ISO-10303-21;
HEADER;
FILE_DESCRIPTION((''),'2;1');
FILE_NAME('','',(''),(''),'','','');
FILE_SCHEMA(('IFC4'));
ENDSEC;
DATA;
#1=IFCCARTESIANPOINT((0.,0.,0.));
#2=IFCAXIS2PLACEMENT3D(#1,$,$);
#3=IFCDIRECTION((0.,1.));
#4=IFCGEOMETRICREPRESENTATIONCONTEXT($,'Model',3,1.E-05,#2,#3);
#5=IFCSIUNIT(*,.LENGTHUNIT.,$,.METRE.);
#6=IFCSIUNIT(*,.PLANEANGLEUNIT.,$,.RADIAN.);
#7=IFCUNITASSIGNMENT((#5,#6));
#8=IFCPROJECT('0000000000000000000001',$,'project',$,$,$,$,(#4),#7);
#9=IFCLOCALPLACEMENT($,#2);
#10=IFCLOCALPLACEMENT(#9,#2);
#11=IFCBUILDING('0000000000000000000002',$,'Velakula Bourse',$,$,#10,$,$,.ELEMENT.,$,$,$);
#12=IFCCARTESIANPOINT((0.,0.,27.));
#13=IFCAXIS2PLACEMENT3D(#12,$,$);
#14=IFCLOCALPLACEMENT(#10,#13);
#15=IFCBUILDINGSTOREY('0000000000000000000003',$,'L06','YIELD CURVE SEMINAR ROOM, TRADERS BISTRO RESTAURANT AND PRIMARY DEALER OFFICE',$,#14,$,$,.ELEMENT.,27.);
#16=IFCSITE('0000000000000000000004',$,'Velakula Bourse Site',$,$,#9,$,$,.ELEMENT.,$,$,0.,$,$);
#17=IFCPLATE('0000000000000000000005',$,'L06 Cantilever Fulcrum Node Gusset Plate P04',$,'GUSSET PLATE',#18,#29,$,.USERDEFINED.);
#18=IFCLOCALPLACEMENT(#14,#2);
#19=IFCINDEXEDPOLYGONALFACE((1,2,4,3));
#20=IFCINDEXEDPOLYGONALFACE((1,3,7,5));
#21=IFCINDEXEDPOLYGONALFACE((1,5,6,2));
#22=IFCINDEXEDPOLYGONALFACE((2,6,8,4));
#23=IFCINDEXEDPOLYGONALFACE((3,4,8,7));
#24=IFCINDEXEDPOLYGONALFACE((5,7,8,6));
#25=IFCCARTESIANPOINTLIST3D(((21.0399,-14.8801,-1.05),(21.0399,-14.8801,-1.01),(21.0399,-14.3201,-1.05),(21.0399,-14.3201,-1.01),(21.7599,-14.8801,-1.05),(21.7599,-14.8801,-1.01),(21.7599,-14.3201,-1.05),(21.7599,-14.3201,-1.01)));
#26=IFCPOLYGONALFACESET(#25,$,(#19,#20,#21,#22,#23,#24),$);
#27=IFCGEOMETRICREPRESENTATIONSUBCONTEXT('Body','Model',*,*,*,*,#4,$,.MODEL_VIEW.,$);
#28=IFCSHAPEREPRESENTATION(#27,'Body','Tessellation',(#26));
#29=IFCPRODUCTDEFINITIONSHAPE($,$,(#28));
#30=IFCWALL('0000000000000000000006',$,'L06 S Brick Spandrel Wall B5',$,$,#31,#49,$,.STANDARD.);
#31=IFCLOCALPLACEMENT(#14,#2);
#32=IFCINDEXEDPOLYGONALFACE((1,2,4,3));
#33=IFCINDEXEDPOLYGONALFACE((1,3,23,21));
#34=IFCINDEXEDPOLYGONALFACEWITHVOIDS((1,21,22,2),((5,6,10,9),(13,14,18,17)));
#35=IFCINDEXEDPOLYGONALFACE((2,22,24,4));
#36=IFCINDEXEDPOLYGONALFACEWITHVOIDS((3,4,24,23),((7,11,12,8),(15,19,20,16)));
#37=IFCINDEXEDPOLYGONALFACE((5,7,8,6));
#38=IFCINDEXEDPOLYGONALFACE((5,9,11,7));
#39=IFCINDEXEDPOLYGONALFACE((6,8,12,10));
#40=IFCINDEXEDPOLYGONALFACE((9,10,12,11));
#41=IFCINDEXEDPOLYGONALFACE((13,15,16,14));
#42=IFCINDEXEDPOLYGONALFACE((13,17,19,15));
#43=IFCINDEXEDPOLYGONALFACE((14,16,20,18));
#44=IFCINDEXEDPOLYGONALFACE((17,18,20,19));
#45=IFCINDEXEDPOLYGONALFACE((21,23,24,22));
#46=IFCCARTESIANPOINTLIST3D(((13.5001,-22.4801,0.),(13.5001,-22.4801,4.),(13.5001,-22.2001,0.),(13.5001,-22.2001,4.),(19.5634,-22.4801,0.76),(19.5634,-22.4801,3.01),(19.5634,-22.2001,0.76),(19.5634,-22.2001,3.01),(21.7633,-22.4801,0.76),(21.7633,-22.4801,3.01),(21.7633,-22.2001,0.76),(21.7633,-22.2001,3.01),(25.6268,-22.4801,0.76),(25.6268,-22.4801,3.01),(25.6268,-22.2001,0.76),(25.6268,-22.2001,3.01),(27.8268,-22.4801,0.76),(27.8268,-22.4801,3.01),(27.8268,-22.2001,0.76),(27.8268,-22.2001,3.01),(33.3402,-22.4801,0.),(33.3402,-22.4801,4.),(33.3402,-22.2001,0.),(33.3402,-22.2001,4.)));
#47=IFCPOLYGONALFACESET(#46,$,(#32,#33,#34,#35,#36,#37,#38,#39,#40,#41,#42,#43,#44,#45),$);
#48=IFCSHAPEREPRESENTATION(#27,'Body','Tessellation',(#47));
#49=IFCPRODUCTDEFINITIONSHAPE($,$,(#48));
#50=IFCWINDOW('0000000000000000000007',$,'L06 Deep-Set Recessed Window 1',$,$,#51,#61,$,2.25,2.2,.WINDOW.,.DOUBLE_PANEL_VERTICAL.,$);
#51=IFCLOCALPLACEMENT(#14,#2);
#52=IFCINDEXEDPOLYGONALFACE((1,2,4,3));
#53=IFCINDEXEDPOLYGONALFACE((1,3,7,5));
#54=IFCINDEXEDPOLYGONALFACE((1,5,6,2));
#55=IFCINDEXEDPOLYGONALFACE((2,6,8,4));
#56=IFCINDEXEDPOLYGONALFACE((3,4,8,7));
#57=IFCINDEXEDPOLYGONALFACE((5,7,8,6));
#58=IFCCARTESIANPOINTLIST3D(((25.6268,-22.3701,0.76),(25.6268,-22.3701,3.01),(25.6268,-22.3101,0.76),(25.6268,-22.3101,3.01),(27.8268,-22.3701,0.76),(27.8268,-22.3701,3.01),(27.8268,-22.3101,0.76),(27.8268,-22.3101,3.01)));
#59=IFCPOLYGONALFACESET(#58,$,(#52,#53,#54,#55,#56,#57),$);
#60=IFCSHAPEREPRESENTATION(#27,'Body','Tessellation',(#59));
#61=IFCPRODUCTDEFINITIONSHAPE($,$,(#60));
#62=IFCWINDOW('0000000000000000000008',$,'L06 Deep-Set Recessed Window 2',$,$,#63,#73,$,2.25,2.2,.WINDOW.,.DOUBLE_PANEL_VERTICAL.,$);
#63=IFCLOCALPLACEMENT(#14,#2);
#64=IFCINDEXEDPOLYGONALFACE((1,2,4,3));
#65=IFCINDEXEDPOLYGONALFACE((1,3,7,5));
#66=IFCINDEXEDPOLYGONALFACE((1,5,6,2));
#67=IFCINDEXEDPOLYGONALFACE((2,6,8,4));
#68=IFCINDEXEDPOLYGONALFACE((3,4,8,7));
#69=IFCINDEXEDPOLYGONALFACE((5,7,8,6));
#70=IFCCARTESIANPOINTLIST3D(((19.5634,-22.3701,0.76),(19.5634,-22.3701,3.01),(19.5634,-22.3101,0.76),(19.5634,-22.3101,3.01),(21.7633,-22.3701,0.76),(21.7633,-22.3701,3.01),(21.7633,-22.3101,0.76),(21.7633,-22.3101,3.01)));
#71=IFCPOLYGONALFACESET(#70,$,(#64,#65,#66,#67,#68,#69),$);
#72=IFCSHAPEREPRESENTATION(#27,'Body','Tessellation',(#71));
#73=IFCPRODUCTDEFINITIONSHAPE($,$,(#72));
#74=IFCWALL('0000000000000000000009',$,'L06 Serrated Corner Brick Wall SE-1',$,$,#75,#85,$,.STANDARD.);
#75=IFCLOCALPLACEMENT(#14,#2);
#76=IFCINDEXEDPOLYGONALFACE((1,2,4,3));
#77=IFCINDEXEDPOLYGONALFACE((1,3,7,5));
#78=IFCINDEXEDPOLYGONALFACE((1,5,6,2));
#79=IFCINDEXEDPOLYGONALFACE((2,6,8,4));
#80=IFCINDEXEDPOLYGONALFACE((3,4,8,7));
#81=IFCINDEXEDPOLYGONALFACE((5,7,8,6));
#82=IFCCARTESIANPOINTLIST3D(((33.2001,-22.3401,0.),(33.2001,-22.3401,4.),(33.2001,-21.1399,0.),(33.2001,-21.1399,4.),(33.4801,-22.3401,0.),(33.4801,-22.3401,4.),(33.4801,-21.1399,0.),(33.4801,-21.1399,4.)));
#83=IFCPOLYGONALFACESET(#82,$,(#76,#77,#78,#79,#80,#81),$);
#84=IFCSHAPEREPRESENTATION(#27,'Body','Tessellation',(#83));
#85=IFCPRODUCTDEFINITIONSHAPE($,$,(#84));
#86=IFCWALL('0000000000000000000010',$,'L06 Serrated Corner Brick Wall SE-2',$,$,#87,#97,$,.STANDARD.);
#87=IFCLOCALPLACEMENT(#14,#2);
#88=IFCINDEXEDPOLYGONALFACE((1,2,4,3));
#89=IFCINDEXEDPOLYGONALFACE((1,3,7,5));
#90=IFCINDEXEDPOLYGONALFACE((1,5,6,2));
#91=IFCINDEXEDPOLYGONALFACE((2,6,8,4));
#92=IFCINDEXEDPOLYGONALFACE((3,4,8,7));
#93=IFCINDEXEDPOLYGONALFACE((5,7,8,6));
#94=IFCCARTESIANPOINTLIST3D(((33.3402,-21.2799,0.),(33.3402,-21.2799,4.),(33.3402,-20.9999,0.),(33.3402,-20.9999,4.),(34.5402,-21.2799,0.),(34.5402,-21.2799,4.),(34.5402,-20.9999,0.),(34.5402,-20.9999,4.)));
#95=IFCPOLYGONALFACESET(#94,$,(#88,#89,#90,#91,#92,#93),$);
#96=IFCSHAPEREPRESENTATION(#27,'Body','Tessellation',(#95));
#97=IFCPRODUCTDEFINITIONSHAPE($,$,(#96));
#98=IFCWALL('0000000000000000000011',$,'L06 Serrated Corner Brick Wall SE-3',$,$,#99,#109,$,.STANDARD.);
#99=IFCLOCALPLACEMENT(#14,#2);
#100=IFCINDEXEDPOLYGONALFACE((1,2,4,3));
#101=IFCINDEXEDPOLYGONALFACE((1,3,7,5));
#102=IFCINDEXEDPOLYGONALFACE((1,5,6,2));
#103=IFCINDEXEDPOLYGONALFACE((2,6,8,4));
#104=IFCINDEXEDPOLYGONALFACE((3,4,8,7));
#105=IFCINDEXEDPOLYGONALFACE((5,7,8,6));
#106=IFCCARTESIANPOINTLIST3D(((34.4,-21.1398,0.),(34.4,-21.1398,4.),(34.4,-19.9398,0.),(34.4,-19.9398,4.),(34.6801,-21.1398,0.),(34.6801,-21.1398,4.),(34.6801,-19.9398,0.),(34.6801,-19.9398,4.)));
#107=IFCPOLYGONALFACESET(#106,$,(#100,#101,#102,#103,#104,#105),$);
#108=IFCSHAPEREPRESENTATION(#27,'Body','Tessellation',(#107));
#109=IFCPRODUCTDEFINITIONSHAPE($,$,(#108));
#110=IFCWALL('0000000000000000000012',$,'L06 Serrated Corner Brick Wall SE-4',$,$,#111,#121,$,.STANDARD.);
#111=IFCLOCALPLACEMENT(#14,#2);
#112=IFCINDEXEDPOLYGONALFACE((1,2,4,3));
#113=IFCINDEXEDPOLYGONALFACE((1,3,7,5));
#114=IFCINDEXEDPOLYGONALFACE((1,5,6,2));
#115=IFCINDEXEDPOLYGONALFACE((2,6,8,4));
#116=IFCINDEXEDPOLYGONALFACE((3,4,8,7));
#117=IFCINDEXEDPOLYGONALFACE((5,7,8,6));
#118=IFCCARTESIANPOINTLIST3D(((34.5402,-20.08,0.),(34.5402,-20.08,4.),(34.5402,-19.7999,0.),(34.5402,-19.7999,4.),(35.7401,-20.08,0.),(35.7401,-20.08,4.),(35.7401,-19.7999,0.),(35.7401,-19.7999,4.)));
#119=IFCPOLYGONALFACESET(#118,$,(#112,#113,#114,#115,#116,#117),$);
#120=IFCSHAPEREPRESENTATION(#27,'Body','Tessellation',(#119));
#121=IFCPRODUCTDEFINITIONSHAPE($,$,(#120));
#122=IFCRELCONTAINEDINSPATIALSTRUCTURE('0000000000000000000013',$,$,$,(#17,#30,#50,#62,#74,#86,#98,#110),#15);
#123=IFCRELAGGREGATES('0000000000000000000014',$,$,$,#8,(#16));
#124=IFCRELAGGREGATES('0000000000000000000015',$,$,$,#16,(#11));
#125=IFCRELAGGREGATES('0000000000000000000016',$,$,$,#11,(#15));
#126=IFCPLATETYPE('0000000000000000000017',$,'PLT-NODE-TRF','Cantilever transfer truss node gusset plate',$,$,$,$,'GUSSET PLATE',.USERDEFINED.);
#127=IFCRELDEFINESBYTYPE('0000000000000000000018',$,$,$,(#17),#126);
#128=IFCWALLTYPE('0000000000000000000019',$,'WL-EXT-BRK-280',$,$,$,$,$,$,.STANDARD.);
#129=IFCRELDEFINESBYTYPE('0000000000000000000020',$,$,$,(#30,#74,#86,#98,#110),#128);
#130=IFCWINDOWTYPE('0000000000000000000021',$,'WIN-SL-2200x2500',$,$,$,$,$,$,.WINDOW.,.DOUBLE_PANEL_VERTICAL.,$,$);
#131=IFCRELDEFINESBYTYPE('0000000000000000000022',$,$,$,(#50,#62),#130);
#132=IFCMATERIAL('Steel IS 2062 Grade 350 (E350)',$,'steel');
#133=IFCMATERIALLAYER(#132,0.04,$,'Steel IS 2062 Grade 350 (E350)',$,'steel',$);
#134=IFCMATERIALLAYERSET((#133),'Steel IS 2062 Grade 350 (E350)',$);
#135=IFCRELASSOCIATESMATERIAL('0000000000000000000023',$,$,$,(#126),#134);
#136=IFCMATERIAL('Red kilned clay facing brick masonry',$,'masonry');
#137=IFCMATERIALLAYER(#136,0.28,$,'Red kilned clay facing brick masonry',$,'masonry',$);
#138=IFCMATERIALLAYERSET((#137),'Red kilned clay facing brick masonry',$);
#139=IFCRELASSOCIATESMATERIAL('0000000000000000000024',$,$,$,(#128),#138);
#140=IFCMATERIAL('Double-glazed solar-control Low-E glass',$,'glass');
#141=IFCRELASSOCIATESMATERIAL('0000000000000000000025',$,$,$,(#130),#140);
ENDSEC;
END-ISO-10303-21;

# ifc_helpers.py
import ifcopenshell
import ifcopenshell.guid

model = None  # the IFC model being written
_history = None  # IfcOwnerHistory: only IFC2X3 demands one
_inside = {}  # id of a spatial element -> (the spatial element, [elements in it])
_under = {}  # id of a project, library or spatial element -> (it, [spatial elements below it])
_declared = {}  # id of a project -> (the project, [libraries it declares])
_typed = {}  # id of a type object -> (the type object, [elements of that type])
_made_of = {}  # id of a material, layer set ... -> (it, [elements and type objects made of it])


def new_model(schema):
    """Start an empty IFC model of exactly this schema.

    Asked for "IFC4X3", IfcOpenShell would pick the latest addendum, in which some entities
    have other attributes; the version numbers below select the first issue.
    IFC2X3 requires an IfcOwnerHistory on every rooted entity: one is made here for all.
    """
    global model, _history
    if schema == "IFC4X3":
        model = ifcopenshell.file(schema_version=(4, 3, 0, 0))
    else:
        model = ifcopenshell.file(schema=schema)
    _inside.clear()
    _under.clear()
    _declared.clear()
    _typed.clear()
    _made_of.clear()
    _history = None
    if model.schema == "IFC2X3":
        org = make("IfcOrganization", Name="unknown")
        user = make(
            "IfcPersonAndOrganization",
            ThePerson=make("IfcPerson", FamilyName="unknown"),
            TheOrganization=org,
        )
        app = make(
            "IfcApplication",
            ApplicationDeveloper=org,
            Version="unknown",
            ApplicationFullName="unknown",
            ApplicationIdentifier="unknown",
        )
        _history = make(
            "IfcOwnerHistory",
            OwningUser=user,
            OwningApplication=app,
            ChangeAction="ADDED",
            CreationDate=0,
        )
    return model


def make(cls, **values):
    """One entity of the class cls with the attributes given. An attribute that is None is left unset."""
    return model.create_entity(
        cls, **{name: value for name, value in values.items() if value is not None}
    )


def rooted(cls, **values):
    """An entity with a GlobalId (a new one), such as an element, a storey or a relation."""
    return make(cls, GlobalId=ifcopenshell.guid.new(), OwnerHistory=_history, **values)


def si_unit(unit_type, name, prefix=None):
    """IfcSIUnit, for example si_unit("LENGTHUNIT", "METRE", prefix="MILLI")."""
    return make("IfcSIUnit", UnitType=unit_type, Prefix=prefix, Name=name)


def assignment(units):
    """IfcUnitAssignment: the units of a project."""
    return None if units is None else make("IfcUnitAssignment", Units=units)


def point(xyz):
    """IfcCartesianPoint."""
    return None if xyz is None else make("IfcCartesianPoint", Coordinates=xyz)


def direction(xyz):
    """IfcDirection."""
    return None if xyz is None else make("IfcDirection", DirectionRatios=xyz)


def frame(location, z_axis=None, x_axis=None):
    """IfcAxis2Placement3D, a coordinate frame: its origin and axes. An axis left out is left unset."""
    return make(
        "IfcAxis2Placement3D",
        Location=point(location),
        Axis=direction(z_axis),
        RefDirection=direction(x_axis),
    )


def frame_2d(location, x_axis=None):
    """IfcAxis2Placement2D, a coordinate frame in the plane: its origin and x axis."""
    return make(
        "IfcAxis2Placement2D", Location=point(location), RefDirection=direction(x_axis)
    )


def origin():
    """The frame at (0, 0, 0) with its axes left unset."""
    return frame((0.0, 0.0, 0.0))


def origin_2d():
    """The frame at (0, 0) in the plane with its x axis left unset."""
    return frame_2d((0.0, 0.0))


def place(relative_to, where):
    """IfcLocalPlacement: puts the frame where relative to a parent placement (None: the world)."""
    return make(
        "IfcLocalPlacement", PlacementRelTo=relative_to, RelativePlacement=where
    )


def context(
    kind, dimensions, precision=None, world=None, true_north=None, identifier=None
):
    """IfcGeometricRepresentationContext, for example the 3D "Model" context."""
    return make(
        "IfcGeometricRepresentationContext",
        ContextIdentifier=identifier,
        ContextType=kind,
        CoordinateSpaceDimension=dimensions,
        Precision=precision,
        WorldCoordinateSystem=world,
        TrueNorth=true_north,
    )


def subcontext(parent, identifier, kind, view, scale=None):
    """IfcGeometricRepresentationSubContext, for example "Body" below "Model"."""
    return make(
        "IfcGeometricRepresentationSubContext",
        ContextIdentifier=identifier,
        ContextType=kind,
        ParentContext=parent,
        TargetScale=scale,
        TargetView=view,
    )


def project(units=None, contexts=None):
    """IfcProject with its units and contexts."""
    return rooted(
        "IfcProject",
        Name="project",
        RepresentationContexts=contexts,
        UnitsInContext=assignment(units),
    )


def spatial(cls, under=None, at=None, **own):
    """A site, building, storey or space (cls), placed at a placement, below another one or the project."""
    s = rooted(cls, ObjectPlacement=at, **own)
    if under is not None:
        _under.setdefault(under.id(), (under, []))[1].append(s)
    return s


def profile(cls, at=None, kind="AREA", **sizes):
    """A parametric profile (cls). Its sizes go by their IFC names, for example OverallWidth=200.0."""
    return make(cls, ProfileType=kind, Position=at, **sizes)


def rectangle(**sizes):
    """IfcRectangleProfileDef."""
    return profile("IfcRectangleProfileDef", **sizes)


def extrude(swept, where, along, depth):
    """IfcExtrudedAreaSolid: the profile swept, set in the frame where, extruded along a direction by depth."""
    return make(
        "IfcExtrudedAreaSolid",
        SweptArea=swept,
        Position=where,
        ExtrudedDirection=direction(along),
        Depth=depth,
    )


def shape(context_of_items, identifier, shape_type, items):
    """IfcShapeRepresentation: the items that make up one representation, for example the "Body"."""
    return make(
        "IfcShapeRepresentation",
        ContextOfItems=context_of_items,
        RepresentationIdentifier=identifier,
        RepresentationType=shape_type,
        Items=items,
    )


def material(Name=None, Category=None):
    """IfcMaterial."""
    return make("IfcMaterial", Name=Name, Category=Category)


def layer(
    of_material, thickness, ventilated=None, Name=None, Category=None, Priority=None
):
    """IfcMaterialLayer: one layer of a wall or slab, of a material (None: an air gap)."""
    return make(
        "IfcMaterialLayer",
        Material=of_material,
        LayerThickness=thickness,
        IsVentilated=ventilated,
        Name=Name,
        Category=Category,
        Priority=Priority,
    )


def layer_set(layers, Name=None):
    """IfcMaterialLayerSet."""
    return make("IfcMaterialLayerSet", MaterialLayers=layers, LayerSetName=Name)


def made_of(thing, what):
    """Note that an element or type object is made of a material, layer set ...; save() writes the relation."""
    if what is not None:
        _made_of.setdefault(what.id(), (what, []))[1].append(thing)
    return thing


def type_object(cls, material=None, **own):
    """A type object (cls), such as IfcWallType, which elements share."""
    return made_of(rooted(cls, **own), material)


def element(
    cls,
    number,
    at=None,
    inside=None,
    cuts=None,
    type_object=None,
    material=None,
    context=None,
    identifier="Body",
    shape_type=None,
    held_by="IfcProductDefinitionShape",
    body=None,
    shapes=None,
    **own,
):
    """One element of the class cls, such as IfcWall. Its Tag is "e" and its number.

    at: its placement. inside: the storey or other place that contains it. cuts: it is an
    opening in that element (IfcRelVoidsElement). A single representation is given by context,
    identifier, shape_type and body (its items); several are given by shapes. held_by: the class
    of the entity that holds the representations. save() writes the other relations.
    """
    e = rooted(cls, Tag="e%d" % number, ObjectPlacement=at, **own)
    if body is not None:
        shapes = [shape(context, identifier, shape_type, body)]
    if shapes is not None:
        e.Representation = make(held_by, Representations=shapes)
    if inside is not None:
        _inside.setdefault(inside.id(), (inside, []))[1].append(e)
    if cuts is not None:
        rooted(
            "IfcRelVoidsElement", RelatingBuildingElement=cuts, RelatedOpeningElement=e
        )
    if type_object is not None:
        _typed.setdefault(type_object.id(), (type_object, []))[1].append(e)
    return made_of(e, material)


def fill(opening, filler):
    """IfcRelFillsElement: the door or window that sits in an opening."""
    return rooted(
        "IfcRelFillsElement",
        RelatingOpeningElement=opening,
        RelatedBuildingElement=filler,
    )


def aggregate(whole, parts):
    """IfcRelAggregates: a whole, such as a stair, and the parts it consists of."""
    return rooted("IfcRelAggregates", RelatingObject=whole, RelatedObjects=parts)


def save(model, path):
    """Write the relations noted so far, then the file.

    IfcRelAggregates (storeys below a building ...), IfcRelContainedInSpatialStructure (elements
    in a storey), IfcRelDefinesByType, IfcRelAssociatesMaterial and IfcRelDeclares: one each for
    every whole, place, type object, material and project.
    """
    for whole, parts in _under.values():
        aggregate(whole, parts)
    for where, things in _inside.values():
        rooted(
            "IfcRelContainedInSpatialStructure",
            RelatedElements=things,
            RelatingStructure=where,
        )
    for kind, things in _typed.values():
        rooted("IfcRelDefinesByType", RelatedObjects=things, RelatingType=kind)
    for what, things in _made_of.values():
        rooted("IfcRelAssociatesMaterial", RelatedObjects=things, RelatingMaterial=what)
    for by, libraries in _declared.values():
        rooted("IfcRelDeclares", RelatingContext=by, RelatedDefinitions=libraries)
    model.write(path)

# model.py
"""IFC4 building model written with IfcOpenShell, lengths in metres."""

from ifc_helpers import new_model, si_unit, direction, frame, frame_2d, origin, origin_2d, place, context, subcontext, project, spatial, rectangle, extrude, material, layer, layer_set, type_object, element, fill, save


model = new_model("IFC4")

# Units and contexts
model_context = context("Model", 3, precision=1e-05, world=origin(), true_north=direction((0.0, 1.0)))
body_context = subcontext(model_context, "Body", "Model", "MODEL_VIEW")
ifc_project = project(units=[si_unit("LENGTHUNIT", "METRE"), si_unit("PLANEANGLEUNIT", "RADIAN")], contexts=[model_context])

# Site, building, storey
site_placement = place(None, origin())
site = spatial("IfcSite", under=ifc_project, at=site_placement, Name="Velakula Bourse Site", CompositionType="ELEMENT", RefElevation=0.0)
building_placement = place(site_placement, origin())
building = spatial("IfcBuilding", under=site, at=building_placement, Name="Velakula Bourse", CompositionType="ELEMENT")
storey_placement = place(building_placement, frame((0.0, 0.0, 27.0)))
storey = spatial("IfcBuildingStorey", under=building, at=storey_placement, Name="L06", Description="YIELD CURVE SEMINAR ROOM, TRADERS BISTRO RESTAURANT AND PRIMARY DEALER OFFICE", CompositionType="ELEMENT", Elevation=27.0)

# Shared definitions
ifc_material_1 = material(Name="Steel IS 2062 Grade 350 (E350)", Category="steel")

# Plate
ifc_layer_1 = layer(ifc_material_1, 0.04, Name="Steel IS 2062 Grade 350 (E350)", Category="steel")
ifc_layer_set_1 = layer_set([ifc_layer_1], Name="Steel IS 2062 Grade 350 (E350)")
plate_type = type_object("IfcPlateType", Name="PLT-NODE-TRF", Description="Cantilever transfer truss node gusset plate", ElementType="GUSSET PLATE", PredefinedType="USERDEFINED", material=ifc_layer_set_1)
for number, where, z_axis, x_axis, name in (
    (1, (21.3999, -14.6001, -1.05), (0.0, 0.0, 1.0), (0.0, 1.0, 0.0), "L06 Cantilever Fulcrum Node Gusset Plate P04"),
):
    element("IfcPlate", number, at=place(storey_placement, frame(where, z_axis=z_axis, x_axis=x_axis)), inside=storey, type_object=plate_type, Name=name, ObjectType="GUSSET PLATE", PredefinedType="USERDEFINED", context=body_context, shape_type="SweptSolid", body=[
        extrude(rectangle(XDim=0.5601, YDim=0.72, at=origin_2d()), origin(), (0.0, 0.0, 1.0), 0.04),
    ])

# Wall, openings, windows
ifc_material_2 = material(Name="Red kilned clay facing brick masonry", Category="masonry")
ifc_layer_2 = layer(ifc_material_2, 0.28, Name="Red kilned clay facing brick masonry", Category="masonry")
ifc_layer_set_2 = layer_set([ifc_layer_2], Name="Red kilned clay facing brick masonry")
wall_type = type_object("IfcWallType", Name="WL-EXT-BRK-280", PredefinedType="STANDARD", material=ifc_layer_set_2)
wall_1_placement = place(storey_placement, frame((33.3401, -22.3401, 0.0), z_axis=(0.0, 0.0, 1.0), x_axis=(-1.0, 0.0, 0.0)))
wall_1 = element("IfcWall", 2, at=wall_1_placement, inside=storey, type_object=wall_type, Name="L06 S Brick Spandrel Wall B5", PredefinedType="STANDARD", context=body_context, shape_type="SweptSolid", body=[
    extrude(rectangle(XDim=19.8401, YDim=0.28, at=frame_2d((9.9199, 0.0))), origin(), (0.0, 0.0, 1.0), 4.0),
])
opening_1_placement = place(wall_1_placement, frame((5.5132, 0.0, 0.76)))
opening_1 = element("IfcOpeningElement", 3, at=opening_1_placement, cuts=wall_1, PredefinedType="OPENING", context=body_context, shape_type="SweptSolid", body=[
    extrude(rectangle(XDim=2.2, YDim=2.25, at=frame_2d((1.1001, 1.125))), frame((0.0, 0.1499, 0.0), z_axis=(0.0, -1.0, 0.0), x_axis=(1.0, 0.0, 0.0)), (0.0, 0.0, 1.0), 0.3),
])
opening_2_placement = place(wall_1_placement, frame((11.5767, 0.0, 0.76)))
opening_2 = element("IfcOpeningElement", 4, at=opening_2_placement, cuts=wall_1, PredefinedType="OPENING", context=body_context, shape_type="SweptSolid", body=[
    extrude(rectangle(XDim=2.2, YDim=2.25, at=frame_2d((1.1001, 1.125))), frame((0.0, 0.1499, 0.0), z_axis=(0.0, -1.0, 0.0), x_axis=(1.0, 0.0, 0.0)), (0.0, 0.0, 1.0), 0.3),
])
ifc_material_3 = material(Name="Double-glazed solar-control Low-E glass", Category="glass")
window_type = type_object("IfcWindowType", Name="WIN-SL-2200x2500", PartitioningType="DOUBLE_PANEL_VERTICAL", PredefinedType="WINDOW", material=ifc_material_3)
window_1_placement = place(opening_1_placement, origin())
window_1 = element("IfcWindow", 5, at=window_1_placement, inside=storey, type_object=window_type, Name="L06 Deep-Set Recessed Window 1", OverallHeight=2.25, OverallWidth=2.2, PartitioningType="DOUBLE_PANEL_VERTICAL", PredefinedType="WINDOW", context=body_context, shape_type="SweptSolid", body=[
    extrude(rectangle(XDim=2.2, YDim=2.25, at=frame_2d((1.1001, 1.125))), frame((0.0, 0.03, 0.0), z_axis=(0.0, -1.0, 0.0), x_axis=(1.0, 0.0, 0.0)), (0.0, 0.0, 1.0), 0.0601),
])
fill(opening_1, window_1)
window_2_placement = place(opening_2_placement, origin())
window_2 = element("IfcWindow", 6, at=window_2_placement, inside=storey, type_object=window_type, Name="L06 Deep-Set Recessed Window 2", OverallHeight=2.25, OverallWidth=2.2, PartitioningType="DOUBLE_PANEL_VERTICAL", PredefinedType="WINDOW", context=body_context, shape_type="SweptSolid", body=[
    extrude(rectangle(XDim=2.2, YDim=2.25, at=frame_2d((1.1001, 1.125))), frame((0.0, 0.03, 0.0), z_axis=(0.0, -1.0, 0.0), x_axis=(1.0, 0.0, 0.0)), (0.0, 0.0, 1.0), 0.0601),
])
fill(opening_2, window_2)

# Walls
wall_2_placement = place(storey_placement, frame((33.3401, -22.3401, 0.0), z_axis=(0.0, 0.0, 1.0), x_axis=(0.0, 1.0, 0.0)))
element("IfcWall", 7, at=wall_2_placement, inside=storey, type_object=wall_type, Name="L06 Serrated Corner Brick Wall SE-1", PredefinedType="STANDARD", context=body_context, shape_type="SweptSolid", body=[
    extrude(rectangle(XDim=1.2002, YDim=0.28, at=frame_2d((0.6001, 0.0))), origin(), (0.0, 0.0, 1.0), 4.0),
])
for number, where, z_axis, x_axis, name in (
    (8, (33.3401, -21.1399, 0.0), (0.0, 0.0, 1.0), (1.0, 0.0, 0.0), "L06 Serrated Corner Brick Wall SE-2"),
    (9, (34.54, -21.1399, 0.0), (0.0, 0.0, 1.0), (0.0, 1.0, 0.0), "L06 Serrated Corner Brick Wall SE-3"),
    (10, (34.54, -19.9399, 0.0), (0.0, 0.0, 1.0), (1.0, 0.0, 0.0), "L06 Serrated Corner Brick Wall SE-4"),
):
    element("IfcWall", number, at=place(storey_placement, frame(where, z_axis=z_axis, x_axis=x_axis)), inside=storey, type_object=wall_type, Name=name, PredefinedType="STANDARD", context=body_context, shape_type="SweptSolid", body=[
        extrude(rectangle(XDim=1.2, YDim=0.28, at=frame_2d((0.6001, 0.0))), origin(), (0.0, 0.0, 1.0), 4.0),
    ])

save(model, "model.ifc")
